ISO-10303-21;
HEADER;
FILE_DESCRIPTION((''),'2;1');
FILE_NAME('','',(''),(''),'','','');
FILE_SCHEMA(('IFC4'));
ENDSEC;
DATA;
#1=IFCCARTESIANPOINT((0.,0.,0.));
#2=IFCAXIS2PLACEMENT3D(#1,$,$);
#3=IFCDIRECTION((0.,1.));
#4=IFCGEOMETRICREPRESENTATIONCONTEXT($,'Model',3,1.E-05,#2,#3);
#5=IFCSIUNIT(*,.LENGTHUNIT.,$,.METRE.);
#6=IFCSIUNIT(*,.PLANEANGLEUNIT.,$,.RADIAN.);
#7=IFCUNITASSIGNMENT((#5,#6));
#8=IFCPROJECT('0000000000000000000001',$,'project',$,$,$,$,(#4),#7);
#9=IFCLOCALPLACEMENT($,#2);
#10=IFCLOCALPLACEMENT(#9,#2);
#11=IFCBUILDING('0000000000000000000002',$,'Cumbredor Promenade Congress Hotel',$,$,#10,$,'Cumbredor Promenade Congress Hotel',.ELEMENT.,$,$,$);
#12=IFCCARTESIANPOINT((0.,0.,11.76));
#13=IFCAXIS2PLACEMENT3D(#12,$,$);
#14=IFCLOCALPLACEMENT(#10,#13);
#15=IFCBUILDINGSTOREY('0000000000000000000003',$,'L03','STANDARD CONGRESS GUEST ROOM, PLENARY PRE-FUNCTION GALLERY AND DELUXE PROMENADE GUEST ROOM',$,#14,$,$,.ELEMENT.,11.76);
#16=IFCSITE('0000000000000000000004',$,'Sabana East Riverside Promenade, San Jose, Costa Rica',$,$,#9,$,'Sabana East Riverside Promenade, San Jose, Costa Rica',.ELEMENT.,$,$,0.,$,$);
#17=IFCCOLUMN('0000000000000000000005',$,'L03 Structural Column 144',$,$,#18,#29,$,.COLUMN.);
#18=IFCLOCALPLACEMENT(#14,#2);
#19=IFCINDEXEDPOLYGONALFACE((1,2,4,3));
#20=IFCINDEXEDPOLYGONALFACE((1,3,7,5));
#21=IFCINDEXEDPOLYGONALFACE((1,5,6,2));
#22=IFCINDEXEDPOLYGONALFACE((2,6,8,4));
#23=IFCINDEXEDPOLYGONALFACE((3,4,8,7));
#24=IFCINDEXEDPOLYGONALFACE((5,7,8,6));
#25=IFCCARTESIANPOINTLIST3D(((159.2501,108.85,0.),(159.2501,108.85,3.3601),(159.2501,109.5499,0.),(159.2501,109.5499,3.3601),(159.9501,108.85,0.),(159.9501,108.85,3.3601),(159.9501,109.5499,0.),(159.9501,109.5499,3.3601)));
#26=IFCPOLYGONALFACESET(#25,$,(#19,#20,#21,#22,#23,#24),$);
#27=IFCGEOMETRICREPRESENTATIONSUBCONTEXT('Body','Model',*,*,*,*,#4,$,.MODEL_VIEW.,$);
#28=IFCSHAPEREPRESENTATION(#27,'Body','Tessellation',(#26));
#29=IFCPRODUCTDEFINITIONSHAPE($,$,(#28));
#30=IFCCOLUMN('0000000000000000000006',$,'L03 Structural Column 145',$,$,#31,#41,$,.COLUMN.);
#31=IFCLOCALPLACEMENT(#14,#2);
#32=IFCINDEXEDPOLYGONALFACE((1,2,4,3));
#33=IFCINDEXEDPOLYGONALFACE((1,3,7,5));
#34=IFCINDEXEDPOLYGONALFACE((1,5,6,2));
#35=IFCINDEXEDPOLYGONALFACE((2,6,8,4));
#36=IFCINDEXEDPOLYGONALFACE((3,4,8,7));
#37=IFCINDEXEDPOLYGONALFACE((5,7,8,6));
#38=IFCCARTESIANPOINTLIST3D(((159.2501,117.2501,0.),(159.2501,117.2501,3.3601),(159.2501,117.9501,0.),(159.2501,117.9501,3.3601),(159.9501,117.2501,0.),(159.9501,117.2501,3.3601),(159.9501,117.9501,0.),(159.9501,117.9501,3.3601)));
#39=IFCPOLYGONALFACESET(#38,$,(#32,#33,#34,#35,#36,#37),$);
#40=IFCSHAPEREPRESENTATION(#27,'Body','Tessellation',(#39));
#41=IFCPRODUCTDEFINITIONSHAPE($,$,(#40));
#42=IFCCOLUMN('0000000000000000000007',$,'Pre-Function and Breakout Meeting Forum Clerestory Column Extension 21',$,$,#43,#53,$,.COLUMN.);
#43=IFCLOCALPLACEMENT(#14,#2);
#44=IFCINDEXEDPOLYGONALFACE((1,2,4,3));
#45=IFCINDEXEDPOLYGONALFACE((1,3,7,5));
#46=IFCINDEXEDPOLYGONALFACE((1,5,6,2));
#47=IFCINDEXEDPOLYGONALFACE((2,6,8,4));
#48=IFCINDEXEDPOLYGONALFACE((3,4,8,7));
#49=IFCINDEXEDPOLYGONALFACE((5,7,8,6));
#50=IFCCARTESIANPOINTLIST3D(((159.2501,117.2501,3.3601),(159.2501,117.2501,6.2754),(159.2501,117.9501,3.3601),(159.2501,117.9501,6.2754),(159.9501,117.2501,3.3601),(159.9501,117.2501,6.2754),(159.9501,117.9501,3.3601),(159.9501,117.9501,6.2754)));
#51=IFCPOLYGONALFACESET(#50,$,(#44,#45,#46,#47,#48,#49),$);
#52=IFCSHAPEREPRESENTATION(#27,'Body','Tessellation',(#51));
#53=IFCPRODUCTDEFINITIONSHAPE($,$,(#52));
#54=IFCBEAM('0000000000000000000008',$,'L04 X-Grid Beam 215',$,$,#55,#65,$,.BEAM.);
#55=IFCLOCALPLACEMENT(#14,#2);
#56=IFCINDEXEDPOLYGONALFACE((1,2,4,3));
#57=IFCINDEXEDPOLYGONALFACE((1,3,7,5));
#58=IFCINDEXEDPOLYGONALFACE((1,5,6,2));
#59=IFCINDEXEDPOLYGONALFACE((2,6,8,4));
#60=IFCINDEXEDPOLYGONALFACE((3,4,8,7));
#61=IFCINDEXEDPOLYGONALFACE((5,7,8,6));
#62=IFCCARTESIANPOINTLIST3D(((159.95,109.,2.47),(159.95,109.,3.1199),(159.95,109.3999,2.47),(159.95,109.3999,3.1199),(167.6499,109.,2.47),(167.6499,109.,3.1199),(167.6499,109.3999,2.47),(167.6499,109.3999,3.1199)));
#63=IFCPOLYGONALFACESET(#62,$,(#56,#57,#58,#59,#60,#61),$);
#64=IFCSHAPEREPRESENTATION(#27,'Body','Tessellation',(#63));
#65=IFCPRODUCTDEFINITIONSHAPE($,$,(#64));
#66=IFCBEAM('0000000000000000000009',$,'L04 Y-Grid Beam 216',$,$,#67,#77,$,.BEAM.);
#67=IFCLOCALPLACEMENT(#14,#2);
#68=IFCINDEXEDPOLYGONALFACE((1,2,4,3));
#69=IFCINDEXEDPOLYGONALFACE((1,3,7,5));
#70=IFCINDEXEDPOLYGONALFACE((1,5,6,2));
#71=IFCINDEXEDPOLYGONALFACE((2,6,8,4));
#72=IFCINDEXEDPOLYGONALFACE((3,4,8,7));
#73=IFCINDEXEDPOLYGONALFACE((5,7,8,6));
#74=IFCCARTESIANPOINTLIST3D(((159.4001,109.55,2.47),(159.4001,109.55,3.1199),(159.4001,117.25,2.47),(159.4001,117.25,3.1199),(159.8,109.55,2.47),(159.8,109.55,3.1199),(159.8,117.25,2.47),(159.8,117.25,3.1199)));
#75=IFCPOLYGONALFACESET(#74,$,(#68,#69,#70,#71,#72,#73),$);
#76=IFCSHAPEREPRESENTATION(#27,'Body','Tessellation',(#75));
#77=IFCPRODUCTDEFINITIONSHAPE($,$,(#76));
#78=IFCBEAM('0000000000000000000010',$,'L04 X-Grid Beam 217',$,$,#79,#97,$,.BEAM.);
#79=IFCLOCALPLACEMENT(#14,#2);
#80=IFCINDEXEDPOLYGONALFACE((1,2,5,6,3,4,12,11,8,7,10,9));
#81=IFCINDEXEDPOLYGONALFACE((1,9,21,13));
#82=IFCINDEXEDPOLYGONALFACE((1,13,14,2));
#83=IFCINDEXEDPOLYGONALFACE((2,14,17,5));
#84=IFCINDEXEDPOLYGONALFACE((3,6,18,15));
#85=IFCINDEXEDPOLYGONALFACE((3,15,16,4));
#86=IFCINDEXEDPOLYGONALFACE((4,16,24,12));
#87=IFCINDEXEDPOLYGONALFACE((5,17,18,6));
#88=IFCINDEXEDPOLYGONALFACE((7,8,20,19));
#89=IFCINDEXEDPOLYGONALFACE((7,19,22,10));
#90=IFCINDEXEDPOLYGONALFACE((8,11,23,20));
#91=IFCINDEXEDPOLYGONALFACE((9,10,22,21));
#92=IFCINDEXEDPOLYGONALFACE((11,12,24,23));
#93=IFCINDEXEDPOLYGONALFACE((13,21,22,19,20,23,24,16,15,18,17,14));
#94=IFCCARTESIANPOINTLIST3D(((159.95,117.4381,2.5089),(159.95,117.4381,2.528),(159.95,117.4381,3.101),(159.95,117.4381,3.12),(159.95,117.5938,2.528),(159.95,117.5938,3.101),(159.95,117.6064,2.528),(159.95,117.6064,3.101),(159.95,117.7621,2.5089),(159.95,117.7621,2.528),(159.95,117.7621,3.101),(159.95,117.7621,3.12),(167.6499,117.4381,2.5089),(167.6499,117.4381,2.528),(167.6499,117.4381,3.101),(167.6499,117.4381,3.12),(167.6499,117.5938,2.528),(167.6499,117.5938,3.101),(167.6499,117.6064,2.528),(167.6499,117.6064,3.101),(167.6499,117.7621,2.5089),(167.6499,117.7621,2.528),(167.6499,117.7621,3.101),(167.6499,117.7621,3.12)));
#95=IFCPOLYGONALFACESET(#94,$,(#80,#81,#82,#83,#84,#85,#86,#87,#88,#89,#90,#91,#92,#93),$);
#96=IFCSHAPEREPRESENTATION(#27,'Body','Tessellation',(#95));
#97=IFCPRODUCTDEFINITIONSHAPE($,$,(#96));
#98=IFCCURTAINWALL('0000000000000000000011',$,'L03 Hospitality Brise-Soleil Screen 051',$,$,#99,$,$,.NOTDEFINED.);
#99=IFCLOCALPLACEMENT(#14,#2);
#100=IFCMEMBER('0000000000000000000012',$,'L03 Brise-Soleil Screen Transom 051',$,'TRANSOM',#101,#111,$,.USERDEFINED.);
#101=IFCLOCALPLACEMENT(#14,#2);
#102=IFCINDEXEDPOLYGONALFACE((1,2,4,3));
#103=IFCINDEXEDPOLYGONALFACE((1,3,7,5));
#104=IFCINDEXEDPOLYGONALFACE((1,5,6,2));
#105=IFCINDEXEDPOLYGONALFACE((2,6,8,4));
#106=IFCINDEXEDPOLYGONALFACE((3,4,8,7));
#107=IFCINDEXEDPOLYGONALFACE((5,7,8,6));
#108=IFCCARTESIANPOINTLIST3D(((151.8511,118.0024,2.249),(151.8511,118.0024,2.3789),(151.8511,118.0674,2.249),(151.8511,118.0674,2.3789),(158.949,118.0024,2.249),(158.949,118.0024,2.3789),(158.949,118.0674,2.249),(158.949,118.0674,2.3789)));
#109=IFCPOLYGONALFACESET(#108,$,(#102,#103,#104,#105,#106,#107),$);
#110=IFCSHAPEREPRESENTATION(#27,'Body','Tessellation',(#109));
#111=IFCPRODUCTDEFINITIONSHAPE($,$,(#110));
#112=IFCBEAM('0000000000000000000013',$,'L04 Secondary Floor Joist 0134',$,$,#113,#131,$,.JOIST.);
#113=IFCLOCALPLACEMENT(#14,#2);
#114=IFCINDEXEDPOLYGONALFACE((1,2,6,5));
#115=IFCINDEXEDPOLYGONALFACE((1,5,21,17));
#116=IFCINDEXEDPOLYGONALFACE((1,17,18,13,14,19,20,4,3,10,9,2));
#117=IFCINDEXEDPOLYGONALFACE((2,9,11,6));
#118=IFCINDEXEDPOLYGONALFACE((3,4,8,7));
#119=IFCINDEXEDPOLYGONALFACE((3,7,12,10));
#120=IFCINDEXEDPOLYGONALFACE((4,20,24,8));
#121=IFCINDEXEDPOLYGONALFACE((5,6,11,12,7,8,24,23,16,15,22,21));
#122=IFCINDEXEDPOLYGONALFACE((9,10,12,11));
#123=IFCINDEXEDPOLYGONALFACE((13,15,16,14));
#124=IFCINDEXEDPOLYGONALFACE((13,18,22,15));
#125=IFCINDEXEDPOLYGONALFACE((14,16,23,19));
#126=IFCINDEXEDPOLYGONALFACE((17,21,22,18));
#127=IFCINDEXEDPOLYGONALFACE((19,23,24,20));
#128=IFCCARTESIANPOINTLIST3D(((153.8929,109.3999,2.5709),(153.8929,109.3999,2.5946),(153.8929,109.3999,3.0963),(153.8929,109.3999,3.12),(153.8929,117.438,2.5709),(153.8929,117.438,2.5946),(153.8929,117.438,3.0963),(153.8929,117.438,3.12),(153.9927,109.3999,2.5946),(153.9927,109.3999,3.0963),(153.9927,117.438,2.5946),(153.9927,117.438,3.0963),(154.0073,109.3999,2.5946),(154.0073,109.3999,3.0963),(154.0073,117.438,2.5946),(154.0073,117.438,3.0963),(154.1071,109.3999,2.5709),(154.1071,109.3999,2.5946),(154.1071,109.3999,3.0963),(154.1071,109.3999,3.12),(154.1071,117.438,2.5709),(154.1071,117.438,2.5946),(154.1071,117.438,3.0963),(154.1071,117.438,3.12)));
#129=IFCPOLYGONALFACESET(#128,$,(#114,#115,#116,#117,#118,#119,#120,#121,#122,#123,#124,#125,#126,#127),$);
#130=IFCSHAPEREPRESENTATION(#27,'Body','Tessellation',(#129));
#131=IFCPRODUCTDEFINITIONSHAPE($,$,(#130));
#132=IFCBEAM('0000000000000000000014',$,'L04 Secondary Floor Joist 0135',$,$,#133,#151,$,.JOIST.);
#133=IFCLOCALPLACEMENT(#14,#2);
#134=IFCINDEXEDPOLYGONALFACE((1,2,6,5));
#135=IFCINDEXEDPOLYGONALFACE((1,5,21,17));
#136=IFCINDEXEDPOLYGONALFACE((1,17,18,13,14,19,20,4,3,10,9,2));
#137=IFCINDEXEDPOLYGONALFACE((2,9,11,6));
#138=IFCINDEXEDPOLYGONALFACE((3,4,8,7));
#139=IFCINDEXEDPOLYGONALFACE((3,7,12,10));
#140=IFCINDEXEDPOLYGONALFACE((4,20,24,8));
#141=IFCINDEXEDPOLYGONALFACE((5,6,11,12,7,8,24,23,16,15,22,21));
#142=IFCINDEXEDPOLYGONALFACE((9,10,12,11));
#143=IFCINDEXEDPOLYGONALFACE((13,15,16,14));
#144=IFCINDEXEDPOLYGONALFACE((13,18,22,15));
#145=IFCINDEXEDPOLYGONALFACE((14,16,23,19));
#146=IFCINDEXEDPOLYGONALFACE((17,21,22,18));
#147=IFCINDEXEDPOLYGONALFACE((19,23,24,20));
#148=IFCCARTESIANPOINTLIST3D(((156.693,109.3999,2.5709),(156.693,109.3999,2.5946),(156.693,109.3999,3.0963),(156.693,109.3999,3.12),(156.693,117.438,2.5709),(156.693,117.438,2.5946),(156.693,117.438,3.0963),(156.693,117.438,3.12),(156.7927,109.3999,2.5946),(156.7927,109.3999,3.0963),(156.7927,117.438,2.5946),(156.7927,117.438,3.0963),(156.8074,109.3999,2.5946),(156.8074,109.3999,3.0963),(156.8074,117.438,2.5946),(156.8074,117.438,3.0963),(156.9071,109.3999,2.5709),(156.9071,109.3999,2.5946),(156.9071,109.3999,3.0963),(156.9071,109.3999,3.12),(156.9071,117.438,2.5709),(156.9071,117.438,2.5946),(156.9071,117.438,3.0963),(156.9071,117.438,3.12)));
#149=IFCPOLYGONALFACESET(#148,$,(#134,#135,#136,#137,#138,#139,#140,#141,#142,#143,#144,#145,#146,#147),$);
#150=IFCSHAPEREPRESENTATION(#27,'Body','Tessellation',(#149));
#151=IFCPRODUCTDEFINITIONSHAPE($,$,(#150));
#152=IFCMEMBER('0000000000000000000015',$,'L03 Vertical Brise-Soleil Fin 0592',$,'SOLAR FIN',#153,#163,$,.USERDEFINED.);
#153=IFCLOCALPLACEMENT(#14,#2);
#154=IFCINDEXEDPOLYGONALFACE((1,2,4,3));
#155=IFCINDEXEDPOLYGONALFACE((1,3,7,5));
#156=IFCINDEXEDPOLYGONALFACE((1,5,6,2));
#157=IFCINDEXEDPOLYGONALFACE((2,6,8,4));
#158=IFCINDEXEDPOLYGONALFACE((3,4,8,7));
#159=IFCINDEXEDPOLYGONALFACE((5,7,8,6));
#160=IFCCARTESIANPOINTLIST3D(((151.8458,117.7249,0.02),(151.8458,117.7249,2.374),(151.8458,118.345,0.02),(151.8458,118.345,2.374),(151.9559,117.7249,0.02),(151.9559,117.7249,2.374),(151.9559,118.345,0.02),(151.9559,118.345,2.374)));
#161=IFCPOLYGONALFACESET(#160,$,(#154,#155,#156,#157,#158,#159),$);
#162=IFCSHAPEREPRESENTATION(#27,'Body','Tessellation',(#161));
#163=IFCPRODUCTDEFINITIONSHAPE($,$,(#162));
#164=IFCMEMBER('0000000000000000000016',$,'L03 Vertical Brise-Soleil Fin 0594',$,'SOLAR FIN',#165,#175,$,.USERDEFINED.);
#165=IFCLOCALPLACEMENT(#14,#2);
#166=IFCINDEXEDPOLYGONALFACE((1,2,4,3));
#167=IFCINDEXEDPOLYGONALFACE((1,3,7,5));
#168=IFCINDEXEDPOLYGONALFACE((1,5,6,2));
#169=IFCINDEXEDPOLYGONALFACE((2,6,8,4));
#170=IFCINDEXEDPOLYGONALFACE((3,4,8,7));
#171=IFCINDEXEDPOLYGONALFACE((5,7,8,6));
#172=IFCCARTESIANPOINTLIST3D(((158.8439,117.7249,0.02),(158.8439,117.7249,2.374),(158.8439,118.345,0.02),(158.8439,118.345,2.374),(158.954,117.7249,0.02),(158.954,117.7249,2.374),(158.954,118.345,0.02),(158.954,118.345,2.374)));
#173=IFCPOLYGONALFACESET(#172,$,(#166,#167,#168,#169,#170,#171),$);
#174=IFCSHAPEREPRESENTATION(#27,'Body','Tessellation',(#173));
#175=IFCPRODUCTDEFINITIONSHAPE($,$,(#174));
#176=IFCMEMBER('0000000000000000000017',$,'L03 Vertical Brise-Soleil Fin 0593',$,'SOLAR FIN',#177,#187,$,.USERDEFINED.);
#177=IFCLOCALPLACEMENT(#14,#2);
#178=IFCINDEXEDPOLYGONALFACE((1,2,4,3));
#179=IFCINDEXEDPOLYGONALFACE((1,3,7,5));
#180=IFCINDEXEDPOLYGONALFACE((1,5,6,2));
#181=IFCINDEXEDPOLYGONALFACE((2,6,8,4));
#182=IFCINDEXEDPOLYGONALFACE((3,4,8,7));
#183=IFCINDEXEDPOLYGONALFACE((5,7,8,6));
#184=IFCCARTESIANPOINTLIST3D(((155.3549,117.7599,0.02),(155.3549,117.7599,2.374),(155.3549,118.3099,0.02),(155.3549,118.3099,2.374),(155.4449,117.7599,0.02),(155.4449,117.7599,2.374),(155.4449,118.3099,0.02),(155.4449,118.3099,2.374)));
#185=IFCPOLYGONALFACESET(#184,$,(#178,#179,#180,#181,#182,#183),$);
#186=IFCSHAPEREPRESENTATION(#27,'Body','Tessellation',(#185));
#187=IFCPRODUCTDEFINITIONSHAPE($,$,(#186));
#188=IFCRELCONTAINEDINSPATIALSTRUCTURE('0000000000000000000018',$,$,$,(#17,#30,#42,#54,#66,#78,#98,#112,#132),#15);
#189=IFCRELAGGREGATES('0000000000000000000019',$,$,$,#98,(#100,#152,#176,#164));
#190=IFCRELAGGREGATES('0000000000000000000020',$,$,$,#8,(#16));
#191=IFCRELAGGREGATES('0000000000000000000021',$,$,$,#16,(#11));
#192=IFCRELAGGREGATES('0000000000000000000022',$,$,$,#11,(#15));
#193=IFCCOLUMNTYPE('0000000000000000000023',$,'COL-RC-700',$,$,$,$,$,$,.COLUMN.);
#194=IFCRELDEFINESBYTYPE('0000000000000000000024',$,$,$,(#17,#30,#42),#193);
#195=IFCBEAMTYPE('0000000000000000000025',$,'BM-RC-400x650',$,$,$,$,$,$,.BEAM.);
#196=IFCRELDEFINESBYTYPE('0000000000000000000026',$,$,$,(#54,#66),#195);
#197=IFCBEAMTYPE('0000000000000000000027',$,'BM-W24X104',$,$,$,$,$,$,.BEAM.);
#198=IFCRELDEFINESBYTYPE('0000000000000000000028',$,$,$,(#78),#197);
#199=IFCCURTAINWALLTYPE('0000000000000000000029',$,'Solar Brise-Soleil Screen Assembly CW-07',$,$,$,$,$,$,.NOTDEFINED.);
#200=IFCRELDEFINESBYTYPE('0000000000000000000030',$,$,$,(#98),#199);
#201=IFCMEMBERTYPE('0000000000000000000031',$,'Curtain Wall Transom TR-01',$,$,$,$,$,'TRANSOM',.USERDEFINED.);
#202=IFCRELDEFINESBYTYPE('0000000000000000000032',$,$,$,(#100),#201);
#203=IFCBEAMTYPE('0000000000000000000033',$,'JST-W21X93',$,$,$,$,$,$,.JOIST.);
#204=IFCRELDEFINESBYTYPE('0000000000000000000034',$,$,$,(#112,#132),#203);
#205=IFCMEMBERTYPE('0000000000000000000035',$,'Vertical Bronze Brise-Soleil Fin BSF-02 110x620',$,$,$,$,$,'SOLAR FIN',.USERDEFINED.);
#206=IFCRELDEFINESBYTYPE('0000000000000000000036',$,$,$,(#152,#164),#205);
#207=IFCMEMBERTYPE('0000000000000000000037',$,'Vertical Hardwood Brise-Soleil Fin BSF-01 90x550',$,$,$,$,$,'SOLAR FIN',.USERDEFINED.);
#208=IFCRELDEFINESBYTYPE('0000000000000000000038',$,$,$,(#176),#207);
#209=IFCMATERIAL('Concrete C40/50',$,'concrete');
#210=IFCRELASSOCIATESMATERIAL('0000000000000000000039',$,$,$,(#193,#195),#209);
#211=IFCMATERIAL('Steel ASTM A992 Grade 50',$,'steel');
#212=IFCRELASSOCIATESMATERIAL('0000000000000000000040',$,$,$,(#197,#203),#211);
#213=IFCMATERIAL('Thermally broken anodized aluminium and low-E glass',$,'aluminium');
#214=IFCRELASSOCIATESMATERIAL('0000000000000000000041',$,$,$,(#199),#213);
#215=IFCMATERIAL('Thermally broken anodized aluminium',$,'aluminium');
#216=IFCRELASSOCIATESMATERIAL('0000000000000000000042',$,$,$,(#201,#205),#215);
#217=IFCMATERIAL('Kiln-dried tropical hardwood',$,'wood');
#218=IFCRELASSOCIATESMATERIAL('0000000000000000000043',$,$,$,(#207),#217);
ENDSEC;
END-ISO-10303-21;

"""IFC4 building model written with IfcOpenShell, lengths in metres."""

from ifc_helpers import new_model, si_unit, direction, frame, origin, origin_2d, place, context, subcontext, project, spatial, rectangle, i_section, extrude, material, material_profile, profile_set, type_object, element, aggregate, save


model = new_model("IFC4")

# Units and contexts
model_context = context("Model", 3, precision=1e-05, world=origin(), true_north=direction((0.0, 1.0)))
body_context = subcontext(model_context, "Body", "Model", "MODEL_VIEW")
ifc_project = project(units=[si_unit("LENGTHUNIT", "METRE"), si_unit("PLANEANGLEUNIT", "RADIAN")], contexts=[model_context])

# Site, building, storey
site_placement = place(None, origin())
site = spatial("IfcSite", under=ifc_project, at=site_placement, Name="Sabana East Riverside Promenade, San Jose, Costa Rica", LongName="Sabana East Riverside Promenade, San Jose, Costa Rica", CompositionType="ELEMENT", RefElevation=0.0)
building_placement = place(site_placement, origin())
building = spatial("IfcBuilding", under=site, at=building_placement, Name="Cumbredor Promenade Congress Hotel", LongName="Cumbredor Promenade Congress Hotel", CompositionType="ELEMENT")
storey_placement = place(building_placement, frame((0.0, 0.0, 11.76)))
storey = spatial("IfcBuildingStorey", under=building, at=storey_placement, Name="L03", Description="STANDARD CONGRESS GUEST ROOM, PLENARY PRE-FUNCTION GALLERY AND DELUXE PROMENADE GUEST ROOM", CompositionType="ELEMENT", Elevation=11.76)

# Columns
ifc_material_1 = material(Name="Concrete C40/50", Category="concrete")
ifc_material_profile_1 = material_profile(ifc_material_1, rectangle(XDim=0.7, YDim=0.7, at=origin_2d()), Name="RC 700x700")
ifc_profile_set_1 = profile_set([ifc_material_profile_1], Name="Concrete C40/50")
column_type = type_object("IfcColumnType", Name="COL-RC-700", PredefinedType="COLUMN", material=ifc_profile_set_1)
for number, where, z_axis, x_axis, name in (
    (1, (159.6001, 109.2, 0.0), (0.0, 0.0, 1.0), (1.0, 0.0, 0.0), "L03 Structural Column 144"),
    (2, (159.6001, 117.6001, 0.0), (0.0, 0.0, 1.0), (1.0, 0.0, 0.0), "L03 Structural Column 145"),
):
    element("IfcColumn", number, at=place(storey_placement, frame(where, z_axis=z_axis, x_axis=x_axis)), inside=storey, type_object=column_type, Name=name, PredefinedType="COLUMN", context=body_context, shape_type="SweptSolid", body=[
        extrude(rectangle(XDim=0.7, YDim=0.7, at=origin_2d()), origin(), (0.0, 0.0, 1.0), 3.3601),
    ])
column_placement = place(storey_placement, frame((159.6001, 117.6001, 3.3601), z_axis=(0.0, 0.0, 1.0), x_axis=(1.0, 0.0, 0.0)))
element("IfcColumn", 3, at=column_placement, inside=storey, type_object=column_type, Name="Pre-Function and Breakout Meeting Forum Clerestory Column Extension 21", PredefinedType="COLUMN", context=body_context, shape_type="SweptSolid", body=[
    extrude(rectangle(XDim=0.7, YDim=0.7, at=origin_2d()), origin(), (0.0, 0.0, 1.0), 2.9153),
])

# Beams
ifc_material_profile_2 = material_profile(ifc_material_1, rectangle(XDim=0.3999, YDim=0.6499, at=origin_2d()), Name="RC BEAM 400x650")
ifc_profile_set_2 = profile_set([ifc_material_profile_2], Name="Concrete C40/50")
beam_type_1 = type_object("IfcBeamType", Name="BM-RC-400x650", PredefinedType="BEAM", material=ifc_profile_set_2)
for number, where, z_axis, x_axis, name in (
    (4, (159.95, 109.2, 2.7949), (1.0, 0.0, 0.0), (0.0, 1.0, 0.0), "L04 X-Grid Beam 215"),
    (5, (159.6001, 109.55, 2.7949), (0.0, 1.0, 0.0), (-1.0, 0.0, 0.0), "L04 Y-Grid Beam 216"),
):
    element("IfcBeam", number, at=place(storey_placement, frame(where, z_axis=z_axis, x_axis=x_axis)), inside=storey, type_object=beam_type_1, Name=name, PredefinedType="BEAM", context=body_context, shape_type="SweptSolid", body=[
        extrude(rectangle(XDim=0.3999, YDim=0.6499, at=origin_2d()), origin(), (0.0, 0.0, 1.0), 7.7),
    ])
ifc_material_2 = material(Name="Steel ASTM A992 Grade 50", Category="steel")
ifc_material_profile_3 = material_profile(ifc_material_2, i_section(OverallWidth=0.324, OverallDepth=0.6111, WebThickness=0.0127, FlangeThickness=0.019, at=origin_2d()), Name="W24X104")
ifc_profile_set_3 = profile_set([ifc_material_profile_3], Name="Steel ASTM A992 Grade 50")
beam_type_2 = type_object("IfcBeamType", Name="BM-W24X104", PredefinedType="BEAM", material=ifc_profile_set_3)
beam_placement = place(storey_placement, frame((159.95, 117.6001, 2.8145), z_axis=(1.0, 0.0, 0.0), x_axis=(0.0, 1.0, 0.0)))
element("IfcBeam", 6, at=beam_placement, inside=storey, type_object=beam_type_2, Name="L04 X-Grid Beam 217", PredefinedType="BEAM", context=body_context, shape_type="SweptSolid", body=[
    extrude(i_section(OverallWidth=0.324, OverallDepth=0.6111, WebThickness=0.0127, FlangeThickness=0.019, at=origin_2d()), origin(), (0.0, 0.0, 1.0), 7.7),
])

# Curtain wall, member
ifc_material_3 = material(Name="Thermally broken anodized aluminium and low-E glass", Category="aluminium")
curtain_wall_type = type_object("IfcCurtainWallType", Name="Solar Brise-Soleil Screen Assembly CW-07", PredefinedType="NOTDEFINED", material=ifc_material_3)
curtain_wall_placement = place(storey_placement, origin())
curtain_wall = element("IfcCurtainWall", 7, at=curtain_wall_placement, inside=storey, type_object=curtain_wall_type, Name="L03 Hospitality Brise-Soleil Screen 051", PredefinedType="NOTDEFINED")
ifc_material_4 = material(Name="Thermally broken anodized aluminium", Category="aluminium")
ifc_material_profile_4 = material_profile(ifc_material_4, rectangle(XDim=0.0649, YDim=0.1299, at=origin_2d()), Name="ALU TRANSOM 65x130")
ifc_profile_set_4 = profile_set([ifc_material_profile_4], Name="Thermally broken anodized aluminium")
member_type_1 = type_object("IfcMemberType", Name="Curtain Wall Transom TR-01", ElementType="TRANSOM", PredefinedType="USERDEFINED", material=ifc_profile_set_4)
member_1_placement = place(storey_placement, frame((151.8511, 118.0349, 2.314), z_axis=(1.0, 0.0, 0.0), x_axis=(0.0, 1.0, 0.0)))
member_1 = element("IfcMember", 8, at=member_1_placement, type_object=member_type_1, Name="L03 Brise-Soleil Screen Transom 051", ObjectType="TRANSOM", PredefinedType="USERDEFINED", context=body_context, shape_type="SweptSolid", body=[
    extrude(rectangle(XDim=0.0649, YDim=0.1299, at=origin_2d()), origin(), (0.0, 0.0, 1.0), 7.0979),
])

# Beams
ifc_material_profile_5 = material_profile(ifc_material_2, i_section(OverallWidth=0.2141, OverallDepth=0.5491, WebThickness=0.0146, FlangeThickness=0.0237, at=origin_2d()), Name="W21X93")
ifc_profile_set_5 = profile_set([ifc_material_profile_5], Name="Steel ASTM A992 Grade 50")
beam_type_3 = type_object("IfcBeamType", Name="JST-W21X93", PredefinedType="JOIST", material=ifc_profile_set_5)
for number, where, z_axis, x_axis, name in (
    (9, (154.0, 109.3999, 2.8455), (0.0, 1.0, 0.0), (-1.0, 0.0, 0.0), "L04 Secondary Floor Joist 0134"),
    (10, (156.8, 109.3999, 2.8455), (0.0, 1.0, 0.0), (-1.0, 0.0, 0.0), "L04 Secondary Floor Joist 0135"),
):
    element("IfcBeam", number, at=place(storey_placement, frame(where, z_axis=z_axis, x_axis=x_axis)), inside=storey, type_object=beam_type_3, Name=name, PredefinedType="JOIST", context=body_context, shape_type="SweptSolid", body=[
        extrude(i_section(OverallWidth=0.2141, OverallDepth=0.5491, WebThickness=0.0146, FlangeThickness=0.0237, at=origin_2d()), origin(), (0.0, 0.0, 1.0), 8.0381),
    ])

# Members
ifc_material_profile_6 = material_profile(ifc_material_4, rectangle(XDim=0.1101, YDim=0.6201, at=origin_2d()), Name="ARCH FIN 110x620")
ifc_profile_set_6 = profile_set([ifc_material_profile_6], Name="Thermally broken anodized aluminium")
member_type_2 = type_object("IfcMemberType", Name="Vertical Bronze Brise-Soleil Fin BSF-02 110x620", ElementType="SOLAR FIN", PredefinedType="USERDEFINED", material=ifc_profile_set_6)
member_2_placement = place(storey_placement, frame((151.9009, 118.0349, 0.02), z_axis=(0.0, 0.0, 1.0), x_axis=(1.0, 0.0, 0.0)))
member_2 = element("IfcMember", 11, at=member_2_placement, type_object=member_type_2, Name="L03 Vertical Brise-Soleil Fin 0592", ObjectType="SOLAR FIN", PredefinedType="USERDEFINED", context=body_context, shape_type="SweptSolid", body=[
    extrude(rectangle(XDim=0.1101, YDim=0.6201, at=origin_2d()), origin(), (0.0, 0.0, 1.0), 2.354),
])
member_3_placement = place(storey_placement, frame((158.8989, 118.0349, 0.02), z_axis=(0.0, 0.0, 1.0), x_axis=(1.0, 0.0, 0.0)))
member_3 = element("IfcMember", 12, at=member_3_placement, type_object=member_type_2, Name="L03 Vertical Brise-Soleil Fin 0594", ObjectType="SOLAR FIN", PredefinedType="USERDEFINED", context=body_context, shape_type="SweptSolid", body=[
    extrude(rectangle(XDim=0.1101, YDim=0.6201, at=origin_2d()), origin(), (0.0, 0.0, 1.0), 2.354),
])
ifc_material_5 = material(Name="Kiln-dried tropical hardwood", Category="wood")
ifc_material_profile_7 = material_profile(ifc_material_5, rectangle(XDim=0.0901, YDim=0.55, at=origin_2d()), Name="ARCH FIN 90x550")
ifc_profile_set_7 = profile_set([ifc_material_profile_7], Name="Kiln-dried tropical hardwood")
member_type_3 = type_object("IfcMemberType", Name="Vertical Hardwood Brise-Soleil Fin BSF-01 90x550", ElementType="SOLAR FIN", PredefinedType="USERDEFINED", material=ifc_profile_set_7)
member_4_placement = place(storey_placement, frame((155.3999, 118.0349, 0.02), z_axis=(0.0, 0.0, 1.0), x_axis=(1.0, 0.0, 0.0)))
member_4 = element("IfcMember", 13, at=member_4_placement, type_object=member_type_3, Name="L03 Vertical Brise-Soleil Fin 0593", ObjectType="SOLAR FIN", PredefinedType="USERDEFINED", context=body_context, shape_type="SweptSolid", body=[
    extrude(rectangle(XDim=0.0901, YDim=0.55, at=origin_2d()), origin(), (0.0, 0.0, 1.0), 2.354),
])

aggregate(curtain_wall, [member_1, member_2, member_4, member_3])

save(model, "model.ifc")
